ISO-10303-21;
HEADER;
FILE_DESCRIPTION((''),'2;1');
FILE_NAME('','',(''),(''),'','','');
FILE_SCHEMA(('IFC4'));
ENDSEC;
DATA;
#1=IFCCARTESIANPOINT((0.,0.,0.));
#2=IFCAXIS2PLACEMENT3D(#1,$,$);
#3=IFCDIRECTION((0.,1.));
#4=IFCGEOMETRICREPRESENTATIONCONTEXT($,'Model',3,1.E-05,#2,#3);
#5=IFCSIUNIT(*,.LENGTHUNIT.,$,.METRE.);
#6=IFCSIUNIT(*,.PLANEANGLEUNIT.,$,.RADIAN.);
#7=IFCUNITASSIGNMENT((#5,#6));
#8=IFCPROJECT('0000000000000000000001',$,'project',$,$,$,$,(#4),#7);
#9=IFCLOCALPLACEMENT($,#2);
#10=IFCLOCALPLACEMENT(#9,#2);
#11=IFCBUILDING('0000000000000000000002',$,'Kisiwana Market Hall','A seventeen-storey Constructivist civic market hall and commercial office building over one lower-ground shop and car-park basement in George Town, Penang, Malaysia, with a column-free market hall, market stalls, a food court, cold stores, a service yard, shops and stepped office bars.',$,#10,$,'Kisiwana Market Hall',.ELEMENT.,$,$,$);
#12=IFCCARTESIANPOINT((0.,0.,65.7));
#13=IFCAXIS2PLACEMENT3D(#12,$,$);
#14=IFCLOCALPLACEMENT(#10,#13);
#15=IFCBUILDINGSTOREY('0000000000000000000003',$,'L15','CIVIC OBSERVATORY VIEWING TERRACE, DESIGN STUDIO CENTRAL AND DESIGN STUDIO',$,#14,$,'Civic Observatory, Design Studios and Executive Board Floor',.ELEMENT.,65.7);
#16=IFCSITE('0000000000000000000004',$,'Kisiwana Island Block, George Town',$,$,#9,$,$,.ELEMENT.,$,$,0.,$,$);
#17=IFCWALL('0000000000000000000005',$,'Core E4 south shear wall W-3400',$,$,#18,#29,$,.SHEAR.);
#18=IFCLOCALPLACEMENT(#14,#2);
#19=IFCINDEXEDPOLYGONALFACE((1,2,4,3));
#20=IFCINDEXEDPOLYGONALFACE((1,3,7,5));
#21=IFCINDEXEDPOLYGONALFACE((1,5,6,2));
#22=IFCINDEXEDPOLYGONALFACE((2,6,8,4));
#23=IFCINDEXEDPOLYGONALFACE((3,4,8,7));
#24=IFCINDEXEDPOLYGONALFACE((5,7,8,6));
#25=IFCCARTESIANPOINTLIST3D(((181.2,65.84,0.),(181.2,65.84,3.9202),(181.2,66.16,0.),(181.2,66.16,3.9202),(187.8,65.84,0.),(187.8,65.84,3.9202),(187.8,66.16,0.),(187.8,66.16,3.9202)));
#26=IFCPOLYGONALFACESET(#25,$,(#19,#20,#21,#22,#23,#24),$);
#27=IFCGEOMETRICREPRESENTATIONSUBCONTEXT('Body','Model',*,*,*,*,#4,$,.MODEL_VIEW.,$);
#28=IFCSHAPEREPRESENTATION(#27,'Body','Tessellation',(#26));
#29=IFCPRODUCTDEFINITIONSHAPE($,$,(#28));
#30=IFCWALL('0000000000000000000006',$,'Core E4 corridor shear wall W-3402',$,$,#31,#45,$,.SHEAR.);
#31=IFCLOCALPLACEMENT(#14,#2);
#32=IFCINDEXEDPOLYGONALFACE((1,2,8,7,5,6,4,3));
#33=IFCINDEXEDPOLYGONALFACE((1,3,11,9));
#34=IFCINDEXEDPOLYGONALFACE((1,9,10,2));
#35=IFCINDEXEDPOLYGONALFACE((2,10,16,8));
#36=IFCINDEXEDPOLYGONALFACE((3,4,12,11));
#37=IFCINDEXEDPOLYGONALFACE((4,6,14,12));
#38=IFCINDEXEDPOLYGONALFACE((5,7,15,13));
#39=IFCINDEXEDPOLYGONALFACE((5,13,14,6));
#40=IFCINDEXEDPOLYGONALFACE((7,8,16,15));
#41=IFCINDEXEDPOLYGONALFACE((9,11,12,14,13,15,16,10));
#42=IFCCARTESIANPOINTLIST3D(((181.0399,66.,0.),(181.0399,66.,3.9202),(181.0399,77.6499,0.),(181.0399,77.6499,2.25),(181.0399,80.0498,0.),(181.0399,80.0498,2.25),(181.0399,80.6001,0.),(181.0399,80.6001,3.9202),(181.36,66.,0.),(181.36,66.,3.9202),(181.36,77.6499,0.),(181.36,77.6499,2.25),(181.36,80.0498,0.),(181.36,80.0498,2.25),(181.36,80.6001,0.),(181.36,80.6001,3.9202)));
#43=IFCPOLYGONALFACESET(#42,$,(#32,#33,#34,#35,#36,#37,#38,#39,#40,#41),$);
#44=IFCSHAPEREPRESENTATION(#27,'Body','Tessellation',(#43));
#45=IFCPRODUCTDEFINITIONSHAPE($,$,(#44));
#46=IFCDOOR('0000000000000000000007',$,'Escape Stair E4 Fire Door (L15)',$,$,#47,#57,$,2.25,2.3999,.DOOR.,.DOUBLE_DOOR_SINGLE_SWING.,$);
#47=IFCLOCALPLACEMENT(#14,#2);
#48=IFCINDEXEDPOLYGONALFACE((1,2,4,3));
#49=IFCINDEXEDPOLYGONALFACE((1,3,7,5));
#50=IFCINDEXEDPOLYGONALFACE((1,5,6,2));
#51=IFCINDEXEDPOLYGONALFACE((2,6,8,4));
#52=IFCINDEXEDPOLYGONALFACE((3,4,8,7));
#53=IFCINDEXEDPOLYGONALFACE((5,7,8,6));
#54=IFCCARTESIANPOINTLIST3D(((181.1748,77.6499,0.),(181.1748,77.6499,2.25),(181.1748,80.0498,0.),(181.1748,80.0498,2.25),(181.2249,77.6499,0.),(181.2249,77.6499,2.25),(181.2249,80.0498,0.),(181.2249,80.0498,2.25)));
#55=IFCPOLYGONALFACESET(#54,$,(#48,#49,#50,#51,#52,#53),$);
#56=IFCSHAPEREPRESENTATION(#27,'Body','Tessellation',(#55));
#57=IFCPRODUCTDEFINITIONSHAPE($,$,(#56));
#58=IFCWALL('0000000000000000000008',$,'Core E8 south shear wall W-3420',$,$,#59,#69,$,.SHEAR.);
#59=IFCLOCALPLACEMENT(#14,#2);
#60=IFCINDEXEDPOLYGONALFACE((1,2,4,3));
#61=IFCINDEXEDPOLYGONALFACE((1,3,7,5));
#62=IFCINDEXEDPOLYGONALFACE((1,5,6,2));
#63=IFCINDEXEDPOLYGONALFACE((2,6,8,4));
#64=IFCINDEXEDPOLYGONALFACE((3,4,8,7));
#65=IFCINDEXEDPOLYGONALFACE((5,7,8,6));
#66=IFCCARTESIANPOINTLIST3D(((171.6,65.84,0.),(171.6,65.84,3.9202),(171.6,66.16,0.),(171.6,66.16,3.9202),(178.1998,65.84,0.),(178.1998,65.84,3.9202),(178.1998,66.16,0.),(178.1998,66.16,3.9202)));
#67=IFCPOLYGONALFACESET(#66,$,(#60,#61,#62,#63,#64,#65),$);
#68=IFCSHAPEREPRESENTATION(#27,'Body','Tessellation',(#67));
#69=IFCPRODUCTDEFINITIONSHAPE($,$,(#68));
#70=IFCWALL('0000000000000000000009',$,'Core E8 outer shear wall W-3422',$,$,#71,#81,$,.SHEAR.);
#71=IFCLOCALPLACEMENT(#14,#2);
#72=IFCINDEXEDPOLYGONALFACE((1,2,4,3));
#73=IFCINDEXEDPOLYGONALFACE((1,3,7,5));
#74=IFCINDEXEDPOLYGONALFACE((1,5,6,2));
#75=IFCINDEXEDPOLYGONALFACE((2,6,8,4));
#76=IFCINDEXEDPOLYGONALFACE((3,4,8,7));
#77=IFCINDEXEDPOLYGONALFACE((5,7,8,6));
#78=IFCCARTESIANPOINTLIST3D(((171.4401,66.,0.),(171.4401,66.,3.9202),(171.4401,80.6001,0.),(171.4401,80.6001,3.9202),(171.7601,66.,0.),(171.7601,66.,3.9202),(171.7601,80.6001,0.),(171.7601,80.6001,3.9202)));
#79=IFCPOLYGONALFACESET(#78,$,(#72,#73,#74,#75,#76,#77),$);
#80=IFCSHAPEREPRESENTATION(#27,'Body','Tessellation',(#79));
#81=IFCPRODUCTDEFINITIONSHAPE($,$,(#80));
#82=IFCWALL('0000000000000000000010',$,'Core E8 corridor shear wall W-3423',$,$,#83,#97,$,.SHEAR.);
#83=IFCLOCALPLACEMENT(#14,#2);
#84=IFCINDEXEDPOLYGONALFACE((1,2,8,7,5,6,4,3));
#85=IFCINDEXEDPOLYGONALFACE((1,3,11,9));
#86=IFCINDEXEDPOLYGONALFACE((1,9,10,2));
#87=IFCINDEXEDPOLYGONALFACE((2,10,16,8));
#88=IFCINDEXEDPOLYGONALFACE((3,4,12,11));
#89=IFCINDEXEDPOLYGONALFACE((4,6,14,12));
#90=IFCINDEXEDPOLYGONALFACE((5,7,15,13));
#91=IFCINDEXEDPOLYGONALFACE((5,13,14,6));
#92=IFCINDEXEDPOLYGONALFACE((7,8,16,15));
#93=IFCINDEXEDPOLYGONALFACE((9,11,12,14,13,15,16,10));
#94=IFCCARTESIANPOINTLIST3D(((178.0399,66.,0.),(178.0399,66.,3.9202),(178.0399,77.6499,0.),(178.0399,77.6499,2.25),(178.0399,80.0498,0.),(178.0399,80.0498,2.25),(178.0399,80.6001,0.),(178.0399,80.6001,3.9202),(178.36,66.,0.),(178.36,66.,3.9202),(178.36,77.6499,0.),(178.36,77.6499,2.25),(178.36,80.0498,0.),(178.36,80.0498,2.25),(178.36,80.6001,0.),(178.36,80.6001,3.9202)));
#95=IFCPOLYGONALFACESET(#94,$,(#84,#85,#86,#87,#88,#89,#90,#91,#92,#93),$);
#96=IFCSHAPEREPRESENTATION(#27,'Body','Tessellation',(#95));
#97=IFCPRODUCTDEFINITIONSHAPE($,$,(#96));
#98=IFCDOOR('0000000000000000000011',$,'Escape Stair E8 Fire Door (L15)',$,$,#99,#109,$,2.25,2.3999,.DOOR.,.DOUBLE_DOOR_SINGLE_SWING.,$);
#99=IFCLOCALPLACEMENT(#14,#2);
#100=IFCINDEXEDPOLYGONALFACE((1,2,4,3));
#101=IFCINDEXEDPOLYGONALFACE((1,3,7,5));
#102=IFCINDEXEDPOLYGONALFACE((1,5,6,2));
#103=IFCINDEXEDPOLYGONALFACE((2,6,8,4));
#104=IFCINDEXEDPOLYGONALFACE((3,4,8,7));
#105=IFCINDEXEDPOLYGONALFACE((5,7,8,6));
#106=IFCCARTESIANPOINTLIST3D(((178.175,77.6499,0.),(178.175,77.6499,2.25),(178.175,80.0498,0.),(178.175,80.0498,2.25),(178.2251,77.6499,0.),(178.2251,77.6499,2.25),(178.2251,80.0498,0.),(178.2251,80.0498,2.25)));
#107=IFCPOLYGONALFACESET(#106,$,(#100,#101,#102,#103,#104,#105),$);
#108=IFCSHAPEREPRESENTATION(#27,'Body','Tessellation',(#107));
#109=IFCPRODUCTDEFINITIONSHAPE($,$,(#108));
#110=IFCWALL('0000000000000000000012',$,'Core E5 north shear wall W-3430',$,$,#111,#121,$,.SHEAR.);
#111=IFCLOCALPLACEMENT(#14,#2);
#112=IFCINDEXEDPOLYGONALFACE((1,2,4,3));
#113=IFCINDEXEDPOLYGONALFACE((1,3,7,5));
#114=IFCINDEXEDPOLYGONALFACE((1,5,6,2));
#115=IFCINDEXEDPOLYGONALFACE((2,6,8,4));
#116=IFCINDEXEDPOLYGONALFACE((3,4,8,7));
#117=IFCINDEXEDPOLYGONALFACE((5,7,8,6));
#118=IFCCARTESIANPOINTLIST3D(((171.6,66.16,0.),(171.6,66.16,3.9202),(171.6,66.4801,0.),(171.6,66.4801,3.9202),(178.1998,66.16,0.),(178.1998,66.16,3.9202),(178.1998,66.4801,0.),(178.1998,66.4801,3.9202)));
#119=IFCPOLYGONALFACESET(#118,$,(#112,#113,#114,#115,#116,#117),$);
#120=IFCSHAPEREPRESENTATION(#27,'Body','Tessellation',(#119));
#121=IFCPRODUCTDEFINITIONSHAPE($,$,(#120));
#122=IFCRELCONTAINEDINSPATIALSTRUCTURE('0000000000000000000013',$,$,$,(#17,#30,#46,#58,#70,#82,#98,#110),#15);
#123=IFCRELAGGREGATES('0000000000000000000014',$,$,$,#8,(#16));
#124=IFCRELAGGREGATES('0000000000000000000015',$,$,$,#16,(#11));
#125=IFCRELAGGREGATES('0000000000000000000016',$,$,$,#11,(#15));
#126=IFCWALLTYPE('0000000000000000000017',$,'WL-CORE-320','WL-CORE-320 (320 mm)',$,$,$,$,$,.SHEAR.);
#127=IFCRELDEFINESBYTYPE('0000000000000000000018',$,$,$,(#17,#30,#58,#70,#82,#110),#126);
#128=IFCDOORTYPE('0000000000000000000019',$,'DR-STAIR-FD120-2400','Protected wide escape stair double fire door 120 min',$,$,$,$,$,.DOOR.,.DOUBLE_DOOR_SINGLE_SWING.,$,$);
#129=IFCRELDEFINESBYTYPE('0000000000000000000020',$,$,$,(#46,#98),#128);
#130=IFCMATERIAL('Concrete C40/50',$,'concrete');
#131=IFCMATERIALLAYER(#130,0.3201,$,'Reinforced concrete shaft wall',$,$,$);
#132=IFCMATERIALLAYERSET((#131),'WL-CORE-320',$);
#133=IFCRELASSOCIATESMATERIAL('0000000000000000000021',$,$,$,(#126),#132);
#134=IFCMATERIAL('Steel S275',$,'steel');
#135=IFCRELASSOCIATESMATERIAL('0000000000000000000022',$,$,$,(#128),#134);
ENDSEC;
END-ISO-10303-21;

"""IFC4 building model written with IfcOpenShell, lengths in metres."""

from ifc_helpers import new_model, si_unit, direction, frame, frame_2d, origin, place, context, subcontext, project, spatial, rectangle, extrude, material, layer, layer_set, type_object, element, fill, save


model = new_model("IFC4")

# Units and contexts
model_context = context("Model", 3, precision=1e-05, world=origin(), true_north=direction((0.0, 1.0)))
body_context = subcontext(model_context, "Body", "Model", "MODEL_VIEW")
ifc_project = project(units=[si_unit("LENGTHUNIT", "METRE"), si_unit("PLANEANGLEUNIT", "RADIAN")], contexts=[model_context])

# Site, building, storey
site_placement = place(None, origin())
site = spatial("IfcSite", under=ifc_project, at=site_placement, Name="Kisiwana Island Block, George Town", CompositionType="ELEMENT", RefElevation=0.0)
building_placement = place(site_placement, origin())
building = spatial("IfcBuilding", under=site, at=building_placement, Name="Kisiwana Market Hall", Description="A seventeen-storey Constructivist civic market hall and commercial office building over one lower-ground shop and car-park basement in George Town, Penang, Malaysia, with a column-free market hall, market stalls, a food court, cold stores, a service yard, shops and stepped office bars.", LongName="Kisiwana Market Hall", CompositionType="ELEMENT")
storey_placement = place(building_placement, frame((0.0, 0.0, 65.7)))
storey = spatial("IfcBuildingStorey", under=building, at=storey_placement, Name="L15", Description="CIVIC OBSERVATORY VIEWING TERRACE, DESIGN STUDIO CENTRAL AND DESIGN STUDIO", LongName="Civic Observatory, Design Studios and Executive Board Floor", CompositionType="ELEMENT", Elevation=65.7)

# Wall
ifc_material_1 = material(Name="Concrete C40/50", Category="concrete")
ifc_layer_1 = layer(ifc_material_1, 0.3201, Name="Reinforced concrete shaft wall")
ifc_layer_set_1 = layer_set([ifc_layer_1], Name="WL-CORE-320")
wall_type_1 = type_object("IfcWallType", Name="WL-CORE-320", Description="WL-CORE-320 (320 mm)", PredefinedType="SHEAR", material=ifc_layer_set_1)
wall_1_placement = place(storey_placement, frame((181.2, 66.0, 0.0), z_axis=(0.0, 0.0, 1.0), x_axis=(1.0, 0.0, 0.0)))
element("IfcWall", 1, at=wall_1_placement, inside=storey, type_object=wall_type_1, Name="Core E4 south shear wall W-3400", PredefinedType="SHEAR", context=body_context, shape_type="SweptSolid", body=[
    extrude(rectangle(XDim=6.6001, YDim=0.3201, at=frame_2d((3.3, 0.0))), origin(), (0.0, 0.0, 1.0), 3.9202),
])

# Wall, opening, door
wall_2_placement = place(storey_placement, frame((181.2, 66.0, 0.0), z_axis=(0.0, 0.0, 1.0), x_axis=(0.0, 1.0, 0.0)))
wall_2 = element("IfcWall", 2, at=wall_2_placement, inside=storey, type_object=wall_type_1, Name="Core E4 corridor shear wall W-3402", PredefinedType="SHEAR", context=body_context, shape_type="SweptSolid", body=[
    extrude(rectangle(XDim=14.6001, YDim=0.3201, at=frame_2d((7.3, 0.0))), origin(), (0.0, 0.0, 1.0), 3.9202),
])
opening_1_placement = place(wall_2_placement, frame((11.6499, 0.0, 0.0)))
opening_1 = element("IfcOpeningElement", 3, at=opening_1_placement, cuts=wall_2, PredefinedType="OPENING", context=body_context, shape_type="SweptSolid", body=[
    extrude(rectangle(XDim=2.3999, YDim=2.25, at=frame_2d((1.2, 1.125))), frame((0.0, 0.1719, 0.0), z_axis=(0.0, -1.0, 0.0), x_axis=(1.0, 0.0, 0.0)), (0.0, 0.0, 1.0), 0.344),
])
ifc_material_2 = material(Name="Steel S275", Category="steel")
door_type_1 = type_object("IfcDoorType", Name="DR-STAIR-FD120-2400", Description="Protected wide escape stair double fire door 120 min", OperationType="DOUBLE_DOOR_SINGLE_SWING", PredefinedType="DOOR", material=ifc_material_2)
door_1_placement = place(opening_1_placement, frame((2.3999, 0.0, 0.0), z_axis=(0.0, 0.0, 1.0), x_axis=(-1.0, 0.0, 0.0)))
door_1 = element("IfcDoor", 4, at=door_1_placement, inside=storey, type_object=door_type_1, Name="Escape Stair E4 Fire Door (L15)", OperationType="DOUBLE_DOOR_SINGLE_SWING", OverallHeight=2.25, OverallWidth=2.3999, PredefinedType="DOOR", context=body_context, shape_type="SweptSolid", body=[
    extrude(rectangle(XDim=2.3999, YDim=2.25, at=frame_2d((1.2, 1.125))), frame((0.0, 0.0249, 0.0), z_axis=(0.0, -1.0, 0.0), x_axis=(1.0, 0.0, 0.0)), (0.0, 0.0, 1.0), 0.05),
])
fill(opening_1, door_1)

# Walls
wall_3_placement = place(storey_placement, frame((171.6001, 66.0, 0.0), z_axis=(0.0, 0.0, 1.0), x_axis=(1.0, 0.0, 0.0)))
element("IfcWall", 5, at=wall_3_placement, inside=storey, type_object=wall_type_1, Name="Core E8 south shear wall W-3420", PredefinedType="SHEAR", context=body_context, shape_type="SweptSolid", body=[
    extrude(rectangle(XDim=6.5999, YDim=0.3201, at=frame_2d((3.2998, 0.0))), origin(), (0.0, 0.0, 1.0), 3.9202),
])
wall_4_placement = place(storey_placement, frame((171.6001, 66.0, 0.0), z_axis=(0.0, 0.0, 1.0), x_axis=(0.0, 1.0, 0.0)))
element("IfcWall", 6, at=wall_4_placement, inside=storey, type_object=wall_type_1, Name="Core E8 outer shear wall W-3422", PredefinedType="SHEAR", context=body_context, shape_type="SweptSolid", body=[
    extrude(rectangle(XDim=14.6001, YDim=0.3201, at=frame_2d((7.3, 0.0))), origin(), (0.0, 0.0, 1.0), 3.9202),
])

# Wall, opening, door
wall_5_placement = place(storey_placement, frame((178.2, 66.0, 0.0), z_axis=(0.0, 0.0, 1.0), x_axis=(0.0, 1.0, 0.0)))
wall_5 = element("IfcWall", 7, at=wall_5_placement, inside=storey, type_object=wall_type_1, Name="Core E8 corridor shear wall W-3423", PredefinedType="SHEAR", context=body_context, shape_type="SweptSolid", body=[
    extrude(rectangle(XDim=14.6001, YDim=0.3201, at=frame_2d((7.3, 0.0))), origin(), (0.0, 0.0, 1.0), 3.9202),
])
opening_2_placement = place(wall_5_placement, frame((11.6499, 0.0, 0.0)))
opening_2 = element("IfcOpeningElement", 8, at=opening_2_placement, cuts=wall_5, PredefinedType="OPENING", context=body_context, shape_type="SweptSolid", body=[
    extrude(rectangle(XDim=2.3999, YDim=2.25, at=frame_2d((1.2, 1.125))), frame((0.0, 0.1719, 0.0), z_axis=(0.0, -1.0, 0.0), x_axis=(1.0, 0.0, 0.0)), (0.0, 0.0, 1.0), 0.344),
])
door_2_placement = place(opening_2_placement, origin())
door_2 = element("IfcDoor", 9, at=door_2_placement, inside=storey, type_object=door_type_1, Name="Escape Stair E8 Fire Door (L15)", OperationType="DOUBLE_DOOR_SINGLE_SWING", OverallHeight=2.25, OverallWidth=2.3999, PredefinedType="DOOR", context=body_context, shape_type="SweptSolid", body=[
    extrude(rectangle(XDim=2.3999, YDim=2.25, at=frame_2d((1.2, 1.125))), frame((0.0, 0.0249, 0.0), z_axis=(0.0, -1.0, 0.0), x_axis=(1.0, 0.0, 0.0)), (0.0, 0.0, 1.0), 0.05),
])
fill(opening_2, door_2)

# Wall
wall_6_placement = place(storey_placement, frame((171.6001, 66.3201, 0.0), z_axis=(0.0, 0.0, 1.0), x_axis=(1.0, 0.0, 0.0)))
element("IfcWall", 10, at=wall_6_placement, inside=storey, type_object=wall_type_1, Name="Core E5 north shear wall W-3430", PredefinedType="SHEAR", context=body_context, shape_type="SweptSolid", body=[
    extrude(rectangle(XDim=6.5999, YDim=0.3201, at=frame_2d((3.2998, 0.0))), origin(), (0.0, 0.0, 1.0), 3.9202),
])

save(model, "model.ifc")
